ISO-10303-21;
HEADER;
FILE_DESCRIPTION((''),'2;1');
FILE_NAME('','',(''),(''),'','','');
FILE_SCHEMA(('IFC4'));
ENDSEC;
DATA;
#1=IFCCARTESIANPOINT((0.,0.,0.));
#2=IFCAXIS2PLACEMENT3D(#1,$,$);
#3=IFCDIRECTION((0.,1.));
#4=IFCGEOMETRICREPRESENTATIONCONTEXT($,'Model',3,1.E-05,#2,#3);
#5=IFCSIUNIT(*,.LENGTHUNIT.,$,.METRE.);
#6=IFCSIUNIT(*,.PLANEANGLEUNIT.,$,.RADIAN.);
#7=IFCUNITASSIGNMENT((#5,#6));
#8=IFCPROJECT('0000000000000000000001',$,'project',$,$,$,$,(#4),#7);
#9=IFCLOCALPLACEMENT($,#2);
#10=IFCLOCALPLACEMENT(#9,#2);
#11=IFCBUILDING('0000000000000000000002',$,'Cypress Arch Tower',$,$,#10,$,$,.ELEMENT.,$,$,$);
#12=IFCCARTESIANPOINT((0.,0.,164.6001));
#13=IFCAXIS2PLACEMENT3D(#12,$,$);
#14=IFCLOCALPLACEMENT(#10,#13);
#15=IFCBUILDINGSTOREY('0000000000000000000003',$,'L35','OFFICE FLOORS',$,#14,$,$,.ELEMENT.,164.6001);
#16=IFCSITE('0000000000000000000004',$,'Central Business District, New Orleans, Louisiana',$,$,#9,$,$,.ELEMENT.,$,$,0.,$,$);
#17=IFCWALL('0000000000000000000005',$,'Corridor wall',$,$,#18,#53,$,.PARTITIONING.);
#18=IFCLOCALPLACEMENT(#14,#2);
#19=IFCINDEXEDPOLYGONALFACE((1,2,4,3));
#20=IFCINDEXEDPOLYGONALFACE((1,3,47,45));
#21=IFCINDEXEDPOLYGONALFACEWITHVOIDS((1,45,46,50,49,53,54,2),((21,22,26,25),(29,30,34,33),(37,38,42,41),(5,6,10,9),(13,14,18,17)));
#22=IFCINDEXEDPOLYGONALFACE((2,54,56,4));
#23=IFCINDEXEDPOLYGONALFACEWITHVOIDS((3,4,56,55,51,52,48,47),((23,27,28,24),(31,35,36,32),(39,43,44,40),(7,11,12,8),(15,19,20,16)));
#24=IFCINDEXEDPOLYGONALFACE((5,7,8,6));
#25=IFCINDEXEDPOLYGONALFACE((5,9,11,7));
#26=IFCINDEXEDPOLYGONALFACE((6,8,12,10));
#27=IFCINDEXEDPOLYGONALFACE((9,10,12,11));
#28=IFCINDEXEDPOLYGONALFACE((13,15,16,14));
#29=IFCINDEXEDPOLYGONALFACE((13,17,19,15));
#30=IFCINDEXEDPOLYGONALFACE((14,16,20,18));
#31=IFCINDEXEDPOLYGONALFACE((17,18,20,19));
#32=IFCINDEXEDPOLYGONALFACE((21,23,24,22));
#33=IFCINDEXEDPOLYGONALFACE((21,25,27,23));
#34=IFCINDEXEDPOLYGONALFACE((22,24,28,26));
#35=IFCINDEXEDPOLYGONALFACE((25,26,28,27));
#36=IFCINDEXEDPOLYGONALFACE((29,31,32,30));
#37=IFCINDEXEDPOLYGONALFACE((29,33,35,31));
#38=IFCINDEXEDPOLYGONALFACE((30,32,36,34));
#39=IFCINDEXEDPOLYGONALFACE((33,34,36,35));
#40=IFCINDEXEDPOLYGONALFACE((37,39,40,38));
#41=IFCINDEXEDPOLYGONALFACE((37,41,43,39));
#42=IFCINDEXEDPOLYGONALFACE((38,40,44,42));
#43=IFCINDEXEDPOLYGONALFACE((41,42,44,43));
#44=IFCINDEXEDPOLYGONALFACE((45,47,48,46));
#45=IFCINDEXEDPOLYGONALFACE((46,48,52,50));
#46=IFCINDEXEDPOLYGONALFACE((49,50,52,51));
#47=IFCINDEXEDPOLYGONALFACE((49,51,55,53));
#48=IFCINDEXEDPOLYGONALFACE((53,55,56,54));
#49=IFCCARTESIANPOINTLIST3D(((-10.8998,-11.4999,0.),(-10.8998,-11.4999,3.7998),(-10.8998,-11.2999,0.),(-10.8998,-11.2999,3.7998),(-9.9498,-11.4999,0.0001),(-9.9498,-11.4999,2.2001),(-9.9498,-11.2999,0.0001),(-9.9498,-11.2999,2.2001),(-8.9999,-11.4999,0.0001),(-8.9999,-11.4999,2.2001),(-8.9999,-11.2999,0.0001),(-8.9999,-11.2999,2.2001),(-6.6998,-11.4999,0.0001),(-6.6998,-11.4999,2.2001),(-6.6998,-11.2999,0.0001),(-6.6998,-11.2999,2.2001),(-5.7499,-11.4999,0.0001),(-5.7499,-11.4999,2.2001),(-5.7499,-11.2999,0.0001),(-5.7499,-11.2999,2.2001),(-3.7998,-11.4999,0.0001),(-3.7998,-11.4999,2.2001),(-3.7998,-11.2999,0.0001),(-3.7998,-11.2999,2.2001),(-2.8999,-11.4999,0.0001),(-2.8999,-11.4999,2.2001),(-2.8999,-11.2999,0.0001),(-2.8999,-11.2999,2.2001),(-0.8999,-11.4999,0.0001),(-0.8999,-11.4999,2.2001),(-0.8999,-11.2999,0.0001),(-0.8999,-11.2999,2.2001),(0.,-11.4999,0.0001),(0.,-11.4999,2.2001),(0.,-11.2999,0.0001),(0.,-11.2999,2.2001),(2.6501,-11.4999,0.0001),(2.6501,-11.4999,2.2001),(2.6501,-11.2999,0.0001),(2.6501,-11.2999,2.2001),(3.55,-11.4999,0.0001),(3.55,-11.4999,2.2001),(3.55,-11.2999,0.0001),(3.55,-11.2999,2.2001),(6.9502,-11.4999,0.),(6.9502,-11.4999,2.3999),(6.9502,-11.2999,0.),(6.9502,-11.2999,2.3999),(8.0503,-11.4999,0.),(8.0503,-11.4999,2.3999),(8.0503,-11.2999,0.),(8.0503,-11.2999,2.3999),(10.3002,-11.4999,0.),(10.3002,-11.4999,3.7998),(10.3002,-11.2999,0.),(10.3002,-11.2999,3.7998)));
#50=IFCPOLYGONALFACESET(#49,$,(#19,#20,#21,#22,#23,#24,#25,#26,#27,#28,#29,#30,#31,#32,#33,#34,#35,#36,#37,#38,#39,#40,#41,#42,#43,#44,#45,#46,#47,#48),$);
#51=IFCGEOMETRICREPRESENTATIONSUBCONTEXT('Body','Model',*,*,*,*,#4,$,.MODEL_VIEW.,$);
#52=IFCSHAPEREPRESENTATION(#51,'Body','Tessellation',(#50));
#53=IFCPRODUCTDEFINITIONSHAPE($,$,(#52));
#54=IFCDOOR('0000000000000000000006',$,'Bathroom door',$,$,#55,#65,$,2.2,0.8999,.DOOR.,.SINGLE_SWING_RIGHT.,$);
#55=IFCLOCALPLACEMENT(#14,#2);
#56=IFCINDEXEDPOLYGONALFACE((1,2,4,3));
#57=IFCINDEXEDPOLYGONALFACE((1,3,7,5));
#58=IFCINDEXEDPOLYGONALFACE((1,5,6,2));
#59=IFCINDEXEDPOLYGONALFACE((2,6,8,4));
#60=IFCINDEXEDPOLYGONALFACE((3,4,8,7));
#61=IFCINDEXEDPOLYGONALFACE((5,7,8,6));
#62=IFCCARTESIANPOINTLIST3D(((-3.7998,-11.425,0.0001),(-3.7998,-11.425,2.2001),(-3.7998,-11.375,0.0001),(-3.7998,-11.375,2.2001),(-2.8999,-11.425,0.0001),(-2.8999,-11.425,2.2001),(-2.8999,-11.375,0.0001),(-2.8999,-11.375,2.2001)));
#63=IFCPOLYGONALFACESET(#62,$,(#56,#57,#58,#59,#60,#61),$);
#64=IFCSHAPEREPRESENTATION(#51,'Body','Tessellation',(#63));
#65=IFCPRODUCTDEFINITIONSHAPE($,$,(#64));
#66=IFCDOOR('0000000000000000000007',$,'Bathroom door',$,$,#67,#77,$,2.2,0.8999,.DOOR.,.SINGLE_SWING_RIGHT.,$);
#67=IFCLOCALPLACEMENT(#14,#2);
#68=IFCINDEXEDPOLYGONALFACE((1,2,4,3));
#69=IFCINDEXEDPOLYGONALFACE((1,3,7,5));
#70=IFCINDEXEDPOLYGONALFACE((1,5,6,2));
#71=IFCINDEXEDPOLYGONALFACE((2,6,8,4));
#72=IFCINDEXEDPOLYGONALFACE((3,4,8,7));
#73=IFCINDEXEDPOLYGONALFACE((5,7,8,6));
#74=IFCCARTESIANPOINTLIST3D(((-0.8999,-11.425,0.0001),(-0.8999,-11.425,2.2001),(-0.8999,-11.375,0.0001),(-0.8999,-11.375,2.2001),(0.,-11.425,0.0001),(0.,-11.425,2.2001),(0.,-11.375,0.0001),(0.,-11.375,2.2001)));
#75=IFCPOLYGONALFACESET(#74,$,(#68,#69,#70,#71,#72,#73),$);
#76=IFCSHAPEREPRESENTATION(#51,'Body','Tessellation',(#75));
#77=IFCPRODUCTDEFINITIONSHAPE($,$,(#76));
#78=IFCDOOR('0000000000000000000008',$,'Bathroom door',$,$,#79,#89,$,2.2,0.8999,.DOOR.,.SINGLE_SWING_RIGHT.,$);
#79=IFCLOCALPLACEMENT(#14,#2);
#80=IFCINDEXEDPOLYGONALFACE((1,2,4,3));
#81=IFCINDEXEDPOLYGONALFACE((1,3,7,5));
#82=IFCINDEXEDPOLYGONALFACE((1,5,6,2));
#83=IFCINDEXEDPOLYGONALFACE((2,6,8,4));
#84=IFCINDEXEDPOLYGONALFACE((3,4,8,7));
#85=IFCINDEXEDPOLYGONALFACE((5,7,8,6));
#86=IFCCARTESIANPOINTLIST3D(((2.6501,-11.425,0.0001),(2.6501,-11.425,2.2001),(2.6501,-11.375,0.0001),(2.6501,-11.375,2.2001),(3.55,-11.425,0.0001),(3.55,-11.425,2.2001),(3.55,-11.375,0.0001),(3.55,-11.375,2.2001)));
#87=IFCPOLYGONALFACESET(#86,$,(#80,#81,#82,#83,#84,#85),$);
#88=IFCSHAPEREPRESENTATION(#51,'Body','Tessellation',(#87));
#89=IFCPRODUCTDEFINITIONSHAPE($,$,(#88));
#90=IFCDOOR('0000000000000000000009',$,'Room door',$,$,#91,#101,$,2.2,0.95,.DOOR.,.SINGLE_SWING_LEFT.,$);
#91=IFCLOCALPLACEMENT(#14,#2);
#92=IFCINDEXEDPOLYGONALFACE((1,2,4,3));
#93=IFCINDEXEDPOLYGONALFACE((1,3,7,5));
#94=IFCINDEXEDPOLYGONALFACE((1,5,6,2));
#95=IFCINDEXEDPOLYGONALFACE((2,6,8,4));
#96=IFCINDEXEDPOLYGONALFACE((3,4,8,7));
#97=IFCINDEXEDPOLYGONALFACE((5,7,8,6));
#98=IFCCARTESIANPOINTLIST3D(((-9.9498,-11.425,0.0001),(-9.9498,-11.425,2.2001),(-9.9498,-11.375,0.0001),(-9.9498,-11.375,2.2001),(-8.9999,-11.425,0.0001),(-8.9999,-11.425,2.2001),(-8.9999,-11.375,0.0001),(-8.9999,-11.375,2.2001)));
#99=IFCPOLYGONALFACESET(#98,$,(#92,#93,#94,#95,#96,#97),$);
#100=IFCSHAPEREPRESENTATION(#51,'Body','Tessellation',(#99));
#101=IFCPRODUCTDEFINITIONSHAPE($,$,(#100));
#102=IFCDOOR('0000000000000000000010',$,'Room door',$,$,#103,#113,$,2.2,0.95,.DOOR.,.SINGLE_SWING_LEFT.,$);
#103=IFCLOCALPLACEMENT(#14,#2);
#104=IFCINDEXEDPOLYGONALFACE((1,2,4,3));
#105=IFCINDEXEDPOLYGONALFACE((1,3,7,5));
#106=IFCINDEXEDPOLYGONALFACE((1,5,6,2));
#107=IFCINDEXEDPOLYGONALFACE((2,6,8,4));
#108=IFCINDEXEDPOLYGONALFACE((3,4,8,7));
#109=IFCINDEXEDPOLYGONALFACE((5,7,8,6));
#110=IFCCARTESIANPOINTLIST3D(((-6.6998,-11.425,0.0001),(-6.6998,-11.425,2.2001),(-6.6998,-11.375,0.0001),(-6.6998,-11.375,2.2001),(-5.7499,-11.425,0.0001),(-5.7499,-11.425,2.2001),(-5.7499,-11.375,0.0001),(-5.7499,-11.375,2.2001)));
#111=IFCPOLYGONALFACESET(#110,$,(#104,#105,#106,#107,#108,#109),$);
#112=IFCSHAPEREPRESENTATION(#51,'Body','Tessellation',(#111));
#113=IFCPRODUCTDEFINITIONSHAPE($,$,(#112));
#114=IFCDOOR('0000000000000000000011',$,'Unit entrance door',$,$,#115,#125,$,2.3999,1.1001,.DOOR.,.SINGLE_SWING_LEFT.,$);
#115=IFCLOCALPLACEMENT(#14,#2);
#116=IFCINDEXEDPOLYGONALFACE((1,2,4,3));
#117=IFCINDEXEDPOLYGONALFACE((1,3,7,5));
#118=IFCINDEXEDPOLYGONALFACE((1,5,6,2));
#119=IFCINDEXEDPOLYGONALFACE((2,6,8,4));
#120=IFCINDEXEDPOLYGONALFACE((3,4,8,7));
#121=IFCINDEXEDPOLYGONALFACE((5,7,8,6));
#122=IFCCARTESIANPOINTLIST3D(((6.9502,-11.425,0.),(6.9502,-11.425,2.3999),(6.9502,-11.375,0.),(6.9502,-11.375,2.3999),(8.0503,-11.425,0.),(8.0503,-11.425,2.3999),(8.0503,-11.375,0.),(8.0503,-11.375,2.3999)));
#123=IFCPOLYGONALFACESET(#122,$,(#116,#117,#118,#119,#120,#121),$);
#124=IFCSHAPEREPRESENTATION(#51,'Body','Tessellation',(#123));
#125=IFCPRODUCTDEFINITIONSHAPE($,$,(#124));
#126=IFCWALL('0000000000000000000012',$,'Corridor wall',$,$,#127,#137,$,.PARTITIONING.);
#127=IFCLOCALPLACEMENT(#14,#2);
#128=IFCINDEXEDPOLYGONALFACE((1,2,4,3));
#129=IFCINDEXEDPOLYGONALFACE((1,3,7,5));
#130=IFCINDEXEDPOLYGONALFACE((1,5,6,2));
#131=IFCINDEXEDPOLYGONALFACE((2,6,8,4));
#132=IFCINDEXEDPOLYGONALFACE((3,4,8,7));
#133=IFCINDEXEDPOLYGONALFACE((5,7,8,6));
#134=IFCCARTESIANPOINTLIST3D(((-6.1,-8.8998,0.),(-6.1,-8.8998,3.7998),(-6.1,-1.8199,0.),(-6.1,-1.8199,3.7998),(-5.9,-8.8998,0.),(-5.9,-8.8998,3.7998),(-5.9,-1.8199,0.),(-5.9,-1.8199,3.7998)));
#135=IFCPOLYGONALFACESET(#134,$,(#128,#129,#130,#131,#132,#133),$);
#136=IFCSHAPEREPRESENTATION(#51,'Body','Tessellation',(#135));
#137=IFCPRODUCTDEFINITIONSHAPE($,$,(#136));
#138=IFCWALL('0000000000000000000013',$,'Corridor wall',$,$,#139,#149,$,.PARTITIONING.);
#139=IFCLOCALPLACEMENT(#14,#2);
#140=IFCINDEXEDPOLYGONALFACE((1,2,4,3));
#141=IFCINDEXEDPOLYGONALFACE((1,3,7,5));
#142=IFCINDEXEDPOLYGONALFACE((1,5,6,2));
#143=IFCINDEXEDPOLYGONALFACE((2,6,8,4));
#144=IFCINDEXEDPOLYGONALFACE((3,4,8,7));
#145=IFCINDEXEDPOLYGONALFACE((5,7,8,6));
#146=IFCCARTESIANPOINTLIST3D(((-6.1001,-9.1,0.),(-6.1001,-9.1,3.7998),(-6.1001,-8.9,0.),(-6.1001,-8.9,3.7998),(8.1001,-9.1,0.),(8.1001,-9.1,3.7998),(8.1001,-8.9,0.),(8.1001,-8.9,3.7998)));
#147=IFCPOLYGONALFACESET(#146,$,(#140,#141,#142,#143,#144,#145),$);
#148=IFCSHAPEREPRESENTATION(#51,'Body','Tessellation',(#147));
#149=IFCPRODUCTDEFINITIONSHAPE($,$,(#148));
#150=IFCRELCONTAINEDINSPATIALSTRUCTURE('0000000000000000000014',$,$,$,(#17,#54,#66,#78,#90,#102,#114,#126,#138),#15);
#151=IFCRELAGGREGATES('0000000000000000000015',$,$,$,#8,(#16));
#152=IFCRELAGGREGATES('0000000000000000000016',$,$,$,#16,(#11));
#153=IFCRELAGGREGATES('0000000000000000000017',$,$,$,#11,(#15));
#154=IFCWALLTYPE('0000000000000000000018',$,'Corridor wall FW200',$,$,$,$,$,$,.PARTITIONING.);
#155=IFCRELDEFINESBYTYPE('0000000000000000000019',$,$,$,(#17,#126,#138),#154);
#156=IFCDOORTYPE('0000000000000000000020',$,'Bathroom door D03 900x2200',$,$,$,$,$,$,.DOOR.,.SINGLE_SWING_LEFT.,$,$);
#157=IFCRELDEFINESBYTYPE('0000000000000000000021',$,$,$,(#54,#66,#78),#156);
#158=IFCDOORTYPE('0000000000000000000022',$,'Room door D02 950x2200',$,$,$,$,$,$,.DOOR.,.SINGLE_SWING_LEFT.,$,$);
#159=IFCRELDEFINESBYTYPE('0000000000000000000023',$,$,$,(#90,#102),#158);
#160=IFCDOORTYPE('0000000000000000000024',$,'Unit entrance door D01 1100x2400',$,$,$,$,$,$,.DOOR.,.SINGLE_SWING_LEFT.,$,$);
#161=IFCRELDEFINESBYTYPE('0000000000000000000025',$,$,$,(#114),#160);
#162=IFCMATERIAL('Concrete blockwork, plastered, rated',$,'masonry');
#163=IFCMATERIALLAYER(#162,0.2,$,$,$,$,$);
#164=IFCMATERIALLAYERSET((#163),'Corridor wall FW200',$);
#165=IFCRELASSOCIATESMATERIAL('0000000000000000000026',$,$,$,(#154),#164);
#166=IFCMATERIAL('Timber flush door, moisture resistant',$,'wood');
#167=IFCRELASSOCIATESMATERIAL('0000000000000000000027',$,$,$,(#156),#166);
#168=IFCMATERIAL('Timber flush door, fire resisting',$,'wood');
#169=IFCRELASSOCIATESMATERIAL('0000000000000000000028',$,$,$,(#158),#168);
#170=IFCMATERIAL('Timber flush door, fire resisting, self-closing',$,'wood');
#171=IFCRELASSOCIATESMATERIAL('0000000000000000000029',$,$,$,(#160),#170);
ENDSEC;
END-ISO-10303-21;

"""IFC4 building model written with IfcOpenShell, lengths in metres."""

from ifc_helpers import new_model, si_unit, direction, frame, frame_2d, origin, place, context, subcontext, project, spatial, rectangle, extrude, material, layer, layer_set, type_object, element, fill, save


model = new_model("IFC4")

# Units and contexts
model_context = context("Model", 3, precision=1e-05, world=origin(), true_north=direction((0.0, 1.0)))
body_context = subcontext(model_context, "Body", "Model", "MODEL_VIEW")
ifc_project = project(units=[si_unit("LENGTHUNIT", "METRE"), si_unit("PLANEANGLEUNIT", "RADIAN")], contexts=[model_context])

# Site, building, storey
site_placement = place(None, origin())
site = spatial("IfcSite", under=ifc_project, at=site_placement, Name="Central Business District, New Orleans, Louisiana", CompositionType="ELEMENT", RefElevation=0.0)
building_placement = place(site_placement, origin())
building = spatial("IfcBuilding", under=site, at=building_placement, Name="Cypress Arch Tower", CompositionType="ELEMENT")
storey_placement = place(building_placement, frame((0.0, 0.0, 164.6001)))
storey = spatial("IfcBuildingStorey", under=building, at=storey_placement, Name="L35", Description="OFFICE FLOORS", CompositionType="ELEMENT", Elevation=164.6001)

# Wall, openings, doors
ifc_material_1 = material(Name="Concrete blockwork, plastered, rated", Category="masonry")
ifc_layer = layer(ifc_material_1, 0.2)
ifc_layer_set = layer_set([ifc_layer], Name="Corridor wall FW200")
wall_type = type_object("IfcWallType", Name="Corridor wall FW200", PredefinedType="PARTITIONING", material=ifc_layer_set)
wall_1_placement = place(storey_placement, frame((-10.8999, -11.3999, 0.0), z_axis=(0.0, 0.0, 1.0), x_axis=(1.0, 0.0, 0.0)))
wall_1 = element("IfcWall", 1, at=wall_1_placement, inside=storey, type_object=wall_type, Name="Corridor wall", PredefinedType="PARTITIONING", context=body_context, shape_type="SweptSolid", body=[
    extrude(rectangle(XDim=21.2, YDim=0.2, at=frame_2d((10.6001, 0.0))), origin(), (0.0, 0.0, 1.0), 3.7998),
])
opening_1_placement = place(wall_1_placement, frame((0.95, 0.0, 0.0)))
opening_1 = element("IfcOpeningElement", 2, at=opening_1_placement, cuts=wall_1, PredefinedType="OPENING", context=body_context, shape_type="SweptSolid", body=[
    extrude(rectangle(XDim=0.95, YDim=2.2, at=frame_2d((0.4751, 1.1001))), frame((0.0, 0.1099, 0.0), z_axis=(0.0, -1.0, 0.0), x_axis=(1.0, 0.0, 0.0)), (0.0, 0.0, 1.0), 0.22),
])
opening_2_placement = place(wall_1_placement, frame((4.2, 0.0, 0.0)))
opening_2 = element("IfcOpeningElement", 3, at=opening_2_placement, cuts=wall_1, PredefinedType="OPENING", context=body_context, shape_type="SweptSolid", body=[
    extrude(rectangle(XDim=0.95, YDim=2.2, at=frame_2d((0.4751, 1.1001))), frame((0.0, 0.1099, 0.0), z_axis=(0.0, -1.0, 0.0), x_axis=(1.0, 0.0, 0.0)), (0.0, 0.0, 1.0), 0.22),
])
opening_3_placement = place(wall_1_placement, frame((7.1001, 0.0, 0.0)))
opening_3 = element("IfcOpeningElement", 4, at=opening_3_placement, cuts=wall_1, PredefinedType="OPENING", context=body_context, shape_type="SweptSolid", body=[
    extrude(rectangle(XDim=0.8999, YDim=2.2, at=frame_2d((0.45, 1.1001))), frame((0.0, 0.1099, 0.0), z_axis=(0.0, -1.0, 0.0), x_axis=(1.0, 0.0, 0.0)), (0.0, 0.0, 1.0), 0.22),
])
opening_4_placement = place(wall_1_placement, frame((10.0, 0.0, 0.0)))
opening_4 = element("IfcOpeningElement", 5, at=opening_4_placement, cuts=wall_1, PredefinedType="OPENING", context=body_context, shape_type="SweptSolid", body=[
    extrude(rectangle(XDim=0.8999, YDim=2.2, at=frame_2d((0.45, 1.1001))), frame((0.0, 0.1099, 0.0), z_axis=(0.0, -1.0, 0.0), x_axis=(1.0, 0.0, 0.0)), (0.0, 0.0, 1.0), 0.22),
])
opening_5_placement = place(wall_1_placement, frame((13.55, 0.0, 0.0)))
opening_5 = element("IfcOpeningElement", 6, at=opening_5_placement, cuts=wall_1, PredefinedType="OPENING", context=body_context, shape_type="SweptSolid", body=[
    extrude(rectangle(XDim=0.8999, YDim=2.2, at=frame_2d((0.45, 1.1001))), frame((0.0, 0.1099, 0.0), z_axis=(0.0, -1.0, 0.0), x_axis=(1.0, 0.0, 0.0)), (0.0, 0.0, 1.0), 0.22),
])
opening_6_placement = place(wall_1_placement, frame((17.8501, 0.0, 0.0)))
opening_6 = element("IfcOpeningElement", 7, at=opening_6_placement, cuts=wall_1, PredefinedType="OPENING", context=body_context, shape_type="SweptSolid", body=[
    extrude(rectangle(XDim=1.1001, YDim=2.3999, at=frame_2d((0.55, 1.2))), frame((0.0, 0.1099, 0.0), z_axis=(0.0, -1.0, 0.0), x_axis=(1.0, 0.0, 0.0)), (0.0, 0.0, 1.0), 0.22),
])
ifc_material_2 = material(Name="Timber flush door, moisture resistant", Category="wood")
door_type_1 = type_object("IfcDoorType", Name="Bathroom door D03 900x2200", OperationType="SINGLE_SWING_LEFT", PredefinedType="DOOR", material=ifc_material_2)
door_1_placement = place(opening_3_placement, origin())
door_1 = element("IfcDoor", 8, at=door_1_placement, inside=storey, type_object=door_type_1, Name="Bathroom door", OperationType="SINGLE_SWING_RIGHT", OverallHeight=2.2, OverallWidth=0.8999, PredefinedType="DOOR", context=body_context, shape_type="SweptSolid", body=[
    extrude(rectangle(XDim=0.8999, YDim=2.2, at=frame_2d((0.45, 1.1001))), frame((0.0, 0.0249, 0.0), z_axis=(0.0, -1.0, 0.0), x_axis=(1.0, 0.0, 0.0)), (0.0, 0.0, 1.0), 0.05),
])
fill(opening_3, door_1)
door_2_placement = place(opening_4_placement, origin())
door_2 = element("IfcDoor", 9, at=door_2_placement, inside=storey, type_object=door_type_1, Name="Bathroom door", OperationType="SINGLE_SWING_RIGHT", OverallHeight=2.2, OverallWidth=0.8999, PredefinedType="DOOR", context=body_context, shape_type="SweptSolid", body=[
    extrude(rectangle(XDim=0.8999, YDim=2.2, at=frame_2d((0.45, 1.1001))), frame((0.0, 0.0249, 0.0), z_axis=(0.0, -1.0, 0.0), x_axis=(1.0, 0.0, 0.0)), (0.0, 0.0, 1.0), 0.05),
])
fill(opening_4, door_2)
door_3_placement = place(opening_5_placement, origin())
door_3 = element("IfcDoor", 10, at=door_3_placement, inside=storey, type_object=door_type_1, Name="Bathroom door", OperationType="SINGLE_SWING_RIGHT", OverallHeight=2.2, OverallWidth=0.8999, PredefinedType="DOOR", context=body_context, shape_type="SweptSolid", body=[
    extrude(rectangle(XDim=0.8999, YDim=2.2, at=frame_2d((0.45, 1.1001))), frame((0.0, 0.0249, 0.0), z_axis=(0.0, -1.0, 0.0), x_axis=(1.0, 0.0, 0.0)), (0.0, 0.0, 1.0), 0.05),
])
fill(opening_5, door_3)
ifc_material_3 = material(Name="Timber flush door, fire resisting", Category="wood")
door_type_2 = type_object("IfcDoorType", Name="Room door D02 950x2200", OperationType="SINGLE_SWING_LEFT", PredefinedType="DOOR", material=ifc_material_3)
door_4_placement = place(opening_1_placement, origin())
door_4 = element("IfcDoor", 11, at=door_4_placement, inside=storey, type_object=door_type_2, Name="Room door", OperationType="SINGLE_SWING_LEFT", OverallHeight=2.2, OverallWidth=0.95, PredefinedType="DOOR", context=body_context, shape_type="SweptSolid", body=[
    extrude(rectangle(XDim=0.95, YDim=2.2, at=frame_2d((0.4751, 1.1001))), frame((0.0, 0.0249, 0.0), z_axis=(0.0, -1.0, 0.0), x_axis=(1.0, 0.0, 0.0)), (0.0, 0.0, 1.0), 0.05),
])
fill(opening_1, door_4)
door_5_placement = place(opening_2_placement, origin())
door_5 = element("IfcDoor", 12, at=door_5_placement, inside=storey, type_object=door_type_2, Name="Room door", OperationType="SINGLE_SWING_LEFT", OverallHeight=2.2, OverallWidth=0.95, PredefinedType="DOOR", context=body_context, shape_type="SweptSolid", body=[
    extrude(rectangle(XDim=0.95, YDim=2.2, at=frame_2d((0.4751, 1.1001))), frame((0.0, 0.0249, 0.0), z_axis=(0.0, -1.0, 0.0), x_axis=(1.0, 0.0, 0.0)), (0.0, 0.0, 1.0), 0.05),
])
fill(opening_2, door_5)
ifc_material_4 = material(Name="Timber flush door, fire resisting, self-closing", Category="wood")
door_type_3 = type_object("IfcDoorType", Name="Unit entrance door D01 1100x2400", OperationType="SINGLE_SWING_LEFT", PredefinedType="DOOR", material=ifc_material_4)
door_6_placement = place(opening_6_placement, origin())
door_6 = element("IfcDoor", 13, at=door_6_placement, inside=storey, type_object=door_type_3, Name="Unit entrance door", OperationType="SINGLE_SWING_LEFT", OverallHeight=2.3999, OverallWidth=1.1001, PredefinedType="DOOR", context=body_context, shape_type="SweptSolid", body=[
    extrude(rectangle(XDim=1.1001, YDim=2.3999, at=frame_2d((0.55, 1.2))), frame((0.0, 0.0249, 0.0), z_axis=(0.0, -1.0, 0.0), x_axis=(1.0, 0.0, 0.0)), (0.0, 0.0, 1.0), 0.05),
])
fill(opening_6, door_6)

# Walls
wall_2_placement = place(storey_placement, frame((-6.0, -8.8999, 0.0), z_axis=(0.0, 0.0, 1.0), x_axis=(0.0, 1.0, 0.0)))
element("IfcWall", 14, at=wall_2_placement, inside=storey, type_object=wall_type, Name="Corridor wall", PredefinedType="PARTITIONING", context=body_context, shape_type="SweptSolid", body=[
    extrude(rectangle(XDim=7.0798, YDim=0.2, at=frame_2d((3.54, 0.0))), origin(), (0.0, 0.0, 1.0), 3.7998),
])
wall_3_placement = place(storey_placement, frame((-6.1001, -9.0, 0.0), z_axis=(0.0, 0.0, 1.0), x_axis=(1.0, 0.0, 0.0)))
element("IfcWall", 15, at=wall_3_placement, inside=storey, type_object=wall_type, Name="Corridor wall", PredefinedType="PARTITIONING", context=body_context, shape_type="SweptSolid", body=[
    extrude(rectangle(XDim=14.2002, YDim=0.2, at=frame_2d((7.1001, 0.0))), origin(), (0.0, 0.0, 1.0), 3.7998),
])

save(model, "model.ifc")
